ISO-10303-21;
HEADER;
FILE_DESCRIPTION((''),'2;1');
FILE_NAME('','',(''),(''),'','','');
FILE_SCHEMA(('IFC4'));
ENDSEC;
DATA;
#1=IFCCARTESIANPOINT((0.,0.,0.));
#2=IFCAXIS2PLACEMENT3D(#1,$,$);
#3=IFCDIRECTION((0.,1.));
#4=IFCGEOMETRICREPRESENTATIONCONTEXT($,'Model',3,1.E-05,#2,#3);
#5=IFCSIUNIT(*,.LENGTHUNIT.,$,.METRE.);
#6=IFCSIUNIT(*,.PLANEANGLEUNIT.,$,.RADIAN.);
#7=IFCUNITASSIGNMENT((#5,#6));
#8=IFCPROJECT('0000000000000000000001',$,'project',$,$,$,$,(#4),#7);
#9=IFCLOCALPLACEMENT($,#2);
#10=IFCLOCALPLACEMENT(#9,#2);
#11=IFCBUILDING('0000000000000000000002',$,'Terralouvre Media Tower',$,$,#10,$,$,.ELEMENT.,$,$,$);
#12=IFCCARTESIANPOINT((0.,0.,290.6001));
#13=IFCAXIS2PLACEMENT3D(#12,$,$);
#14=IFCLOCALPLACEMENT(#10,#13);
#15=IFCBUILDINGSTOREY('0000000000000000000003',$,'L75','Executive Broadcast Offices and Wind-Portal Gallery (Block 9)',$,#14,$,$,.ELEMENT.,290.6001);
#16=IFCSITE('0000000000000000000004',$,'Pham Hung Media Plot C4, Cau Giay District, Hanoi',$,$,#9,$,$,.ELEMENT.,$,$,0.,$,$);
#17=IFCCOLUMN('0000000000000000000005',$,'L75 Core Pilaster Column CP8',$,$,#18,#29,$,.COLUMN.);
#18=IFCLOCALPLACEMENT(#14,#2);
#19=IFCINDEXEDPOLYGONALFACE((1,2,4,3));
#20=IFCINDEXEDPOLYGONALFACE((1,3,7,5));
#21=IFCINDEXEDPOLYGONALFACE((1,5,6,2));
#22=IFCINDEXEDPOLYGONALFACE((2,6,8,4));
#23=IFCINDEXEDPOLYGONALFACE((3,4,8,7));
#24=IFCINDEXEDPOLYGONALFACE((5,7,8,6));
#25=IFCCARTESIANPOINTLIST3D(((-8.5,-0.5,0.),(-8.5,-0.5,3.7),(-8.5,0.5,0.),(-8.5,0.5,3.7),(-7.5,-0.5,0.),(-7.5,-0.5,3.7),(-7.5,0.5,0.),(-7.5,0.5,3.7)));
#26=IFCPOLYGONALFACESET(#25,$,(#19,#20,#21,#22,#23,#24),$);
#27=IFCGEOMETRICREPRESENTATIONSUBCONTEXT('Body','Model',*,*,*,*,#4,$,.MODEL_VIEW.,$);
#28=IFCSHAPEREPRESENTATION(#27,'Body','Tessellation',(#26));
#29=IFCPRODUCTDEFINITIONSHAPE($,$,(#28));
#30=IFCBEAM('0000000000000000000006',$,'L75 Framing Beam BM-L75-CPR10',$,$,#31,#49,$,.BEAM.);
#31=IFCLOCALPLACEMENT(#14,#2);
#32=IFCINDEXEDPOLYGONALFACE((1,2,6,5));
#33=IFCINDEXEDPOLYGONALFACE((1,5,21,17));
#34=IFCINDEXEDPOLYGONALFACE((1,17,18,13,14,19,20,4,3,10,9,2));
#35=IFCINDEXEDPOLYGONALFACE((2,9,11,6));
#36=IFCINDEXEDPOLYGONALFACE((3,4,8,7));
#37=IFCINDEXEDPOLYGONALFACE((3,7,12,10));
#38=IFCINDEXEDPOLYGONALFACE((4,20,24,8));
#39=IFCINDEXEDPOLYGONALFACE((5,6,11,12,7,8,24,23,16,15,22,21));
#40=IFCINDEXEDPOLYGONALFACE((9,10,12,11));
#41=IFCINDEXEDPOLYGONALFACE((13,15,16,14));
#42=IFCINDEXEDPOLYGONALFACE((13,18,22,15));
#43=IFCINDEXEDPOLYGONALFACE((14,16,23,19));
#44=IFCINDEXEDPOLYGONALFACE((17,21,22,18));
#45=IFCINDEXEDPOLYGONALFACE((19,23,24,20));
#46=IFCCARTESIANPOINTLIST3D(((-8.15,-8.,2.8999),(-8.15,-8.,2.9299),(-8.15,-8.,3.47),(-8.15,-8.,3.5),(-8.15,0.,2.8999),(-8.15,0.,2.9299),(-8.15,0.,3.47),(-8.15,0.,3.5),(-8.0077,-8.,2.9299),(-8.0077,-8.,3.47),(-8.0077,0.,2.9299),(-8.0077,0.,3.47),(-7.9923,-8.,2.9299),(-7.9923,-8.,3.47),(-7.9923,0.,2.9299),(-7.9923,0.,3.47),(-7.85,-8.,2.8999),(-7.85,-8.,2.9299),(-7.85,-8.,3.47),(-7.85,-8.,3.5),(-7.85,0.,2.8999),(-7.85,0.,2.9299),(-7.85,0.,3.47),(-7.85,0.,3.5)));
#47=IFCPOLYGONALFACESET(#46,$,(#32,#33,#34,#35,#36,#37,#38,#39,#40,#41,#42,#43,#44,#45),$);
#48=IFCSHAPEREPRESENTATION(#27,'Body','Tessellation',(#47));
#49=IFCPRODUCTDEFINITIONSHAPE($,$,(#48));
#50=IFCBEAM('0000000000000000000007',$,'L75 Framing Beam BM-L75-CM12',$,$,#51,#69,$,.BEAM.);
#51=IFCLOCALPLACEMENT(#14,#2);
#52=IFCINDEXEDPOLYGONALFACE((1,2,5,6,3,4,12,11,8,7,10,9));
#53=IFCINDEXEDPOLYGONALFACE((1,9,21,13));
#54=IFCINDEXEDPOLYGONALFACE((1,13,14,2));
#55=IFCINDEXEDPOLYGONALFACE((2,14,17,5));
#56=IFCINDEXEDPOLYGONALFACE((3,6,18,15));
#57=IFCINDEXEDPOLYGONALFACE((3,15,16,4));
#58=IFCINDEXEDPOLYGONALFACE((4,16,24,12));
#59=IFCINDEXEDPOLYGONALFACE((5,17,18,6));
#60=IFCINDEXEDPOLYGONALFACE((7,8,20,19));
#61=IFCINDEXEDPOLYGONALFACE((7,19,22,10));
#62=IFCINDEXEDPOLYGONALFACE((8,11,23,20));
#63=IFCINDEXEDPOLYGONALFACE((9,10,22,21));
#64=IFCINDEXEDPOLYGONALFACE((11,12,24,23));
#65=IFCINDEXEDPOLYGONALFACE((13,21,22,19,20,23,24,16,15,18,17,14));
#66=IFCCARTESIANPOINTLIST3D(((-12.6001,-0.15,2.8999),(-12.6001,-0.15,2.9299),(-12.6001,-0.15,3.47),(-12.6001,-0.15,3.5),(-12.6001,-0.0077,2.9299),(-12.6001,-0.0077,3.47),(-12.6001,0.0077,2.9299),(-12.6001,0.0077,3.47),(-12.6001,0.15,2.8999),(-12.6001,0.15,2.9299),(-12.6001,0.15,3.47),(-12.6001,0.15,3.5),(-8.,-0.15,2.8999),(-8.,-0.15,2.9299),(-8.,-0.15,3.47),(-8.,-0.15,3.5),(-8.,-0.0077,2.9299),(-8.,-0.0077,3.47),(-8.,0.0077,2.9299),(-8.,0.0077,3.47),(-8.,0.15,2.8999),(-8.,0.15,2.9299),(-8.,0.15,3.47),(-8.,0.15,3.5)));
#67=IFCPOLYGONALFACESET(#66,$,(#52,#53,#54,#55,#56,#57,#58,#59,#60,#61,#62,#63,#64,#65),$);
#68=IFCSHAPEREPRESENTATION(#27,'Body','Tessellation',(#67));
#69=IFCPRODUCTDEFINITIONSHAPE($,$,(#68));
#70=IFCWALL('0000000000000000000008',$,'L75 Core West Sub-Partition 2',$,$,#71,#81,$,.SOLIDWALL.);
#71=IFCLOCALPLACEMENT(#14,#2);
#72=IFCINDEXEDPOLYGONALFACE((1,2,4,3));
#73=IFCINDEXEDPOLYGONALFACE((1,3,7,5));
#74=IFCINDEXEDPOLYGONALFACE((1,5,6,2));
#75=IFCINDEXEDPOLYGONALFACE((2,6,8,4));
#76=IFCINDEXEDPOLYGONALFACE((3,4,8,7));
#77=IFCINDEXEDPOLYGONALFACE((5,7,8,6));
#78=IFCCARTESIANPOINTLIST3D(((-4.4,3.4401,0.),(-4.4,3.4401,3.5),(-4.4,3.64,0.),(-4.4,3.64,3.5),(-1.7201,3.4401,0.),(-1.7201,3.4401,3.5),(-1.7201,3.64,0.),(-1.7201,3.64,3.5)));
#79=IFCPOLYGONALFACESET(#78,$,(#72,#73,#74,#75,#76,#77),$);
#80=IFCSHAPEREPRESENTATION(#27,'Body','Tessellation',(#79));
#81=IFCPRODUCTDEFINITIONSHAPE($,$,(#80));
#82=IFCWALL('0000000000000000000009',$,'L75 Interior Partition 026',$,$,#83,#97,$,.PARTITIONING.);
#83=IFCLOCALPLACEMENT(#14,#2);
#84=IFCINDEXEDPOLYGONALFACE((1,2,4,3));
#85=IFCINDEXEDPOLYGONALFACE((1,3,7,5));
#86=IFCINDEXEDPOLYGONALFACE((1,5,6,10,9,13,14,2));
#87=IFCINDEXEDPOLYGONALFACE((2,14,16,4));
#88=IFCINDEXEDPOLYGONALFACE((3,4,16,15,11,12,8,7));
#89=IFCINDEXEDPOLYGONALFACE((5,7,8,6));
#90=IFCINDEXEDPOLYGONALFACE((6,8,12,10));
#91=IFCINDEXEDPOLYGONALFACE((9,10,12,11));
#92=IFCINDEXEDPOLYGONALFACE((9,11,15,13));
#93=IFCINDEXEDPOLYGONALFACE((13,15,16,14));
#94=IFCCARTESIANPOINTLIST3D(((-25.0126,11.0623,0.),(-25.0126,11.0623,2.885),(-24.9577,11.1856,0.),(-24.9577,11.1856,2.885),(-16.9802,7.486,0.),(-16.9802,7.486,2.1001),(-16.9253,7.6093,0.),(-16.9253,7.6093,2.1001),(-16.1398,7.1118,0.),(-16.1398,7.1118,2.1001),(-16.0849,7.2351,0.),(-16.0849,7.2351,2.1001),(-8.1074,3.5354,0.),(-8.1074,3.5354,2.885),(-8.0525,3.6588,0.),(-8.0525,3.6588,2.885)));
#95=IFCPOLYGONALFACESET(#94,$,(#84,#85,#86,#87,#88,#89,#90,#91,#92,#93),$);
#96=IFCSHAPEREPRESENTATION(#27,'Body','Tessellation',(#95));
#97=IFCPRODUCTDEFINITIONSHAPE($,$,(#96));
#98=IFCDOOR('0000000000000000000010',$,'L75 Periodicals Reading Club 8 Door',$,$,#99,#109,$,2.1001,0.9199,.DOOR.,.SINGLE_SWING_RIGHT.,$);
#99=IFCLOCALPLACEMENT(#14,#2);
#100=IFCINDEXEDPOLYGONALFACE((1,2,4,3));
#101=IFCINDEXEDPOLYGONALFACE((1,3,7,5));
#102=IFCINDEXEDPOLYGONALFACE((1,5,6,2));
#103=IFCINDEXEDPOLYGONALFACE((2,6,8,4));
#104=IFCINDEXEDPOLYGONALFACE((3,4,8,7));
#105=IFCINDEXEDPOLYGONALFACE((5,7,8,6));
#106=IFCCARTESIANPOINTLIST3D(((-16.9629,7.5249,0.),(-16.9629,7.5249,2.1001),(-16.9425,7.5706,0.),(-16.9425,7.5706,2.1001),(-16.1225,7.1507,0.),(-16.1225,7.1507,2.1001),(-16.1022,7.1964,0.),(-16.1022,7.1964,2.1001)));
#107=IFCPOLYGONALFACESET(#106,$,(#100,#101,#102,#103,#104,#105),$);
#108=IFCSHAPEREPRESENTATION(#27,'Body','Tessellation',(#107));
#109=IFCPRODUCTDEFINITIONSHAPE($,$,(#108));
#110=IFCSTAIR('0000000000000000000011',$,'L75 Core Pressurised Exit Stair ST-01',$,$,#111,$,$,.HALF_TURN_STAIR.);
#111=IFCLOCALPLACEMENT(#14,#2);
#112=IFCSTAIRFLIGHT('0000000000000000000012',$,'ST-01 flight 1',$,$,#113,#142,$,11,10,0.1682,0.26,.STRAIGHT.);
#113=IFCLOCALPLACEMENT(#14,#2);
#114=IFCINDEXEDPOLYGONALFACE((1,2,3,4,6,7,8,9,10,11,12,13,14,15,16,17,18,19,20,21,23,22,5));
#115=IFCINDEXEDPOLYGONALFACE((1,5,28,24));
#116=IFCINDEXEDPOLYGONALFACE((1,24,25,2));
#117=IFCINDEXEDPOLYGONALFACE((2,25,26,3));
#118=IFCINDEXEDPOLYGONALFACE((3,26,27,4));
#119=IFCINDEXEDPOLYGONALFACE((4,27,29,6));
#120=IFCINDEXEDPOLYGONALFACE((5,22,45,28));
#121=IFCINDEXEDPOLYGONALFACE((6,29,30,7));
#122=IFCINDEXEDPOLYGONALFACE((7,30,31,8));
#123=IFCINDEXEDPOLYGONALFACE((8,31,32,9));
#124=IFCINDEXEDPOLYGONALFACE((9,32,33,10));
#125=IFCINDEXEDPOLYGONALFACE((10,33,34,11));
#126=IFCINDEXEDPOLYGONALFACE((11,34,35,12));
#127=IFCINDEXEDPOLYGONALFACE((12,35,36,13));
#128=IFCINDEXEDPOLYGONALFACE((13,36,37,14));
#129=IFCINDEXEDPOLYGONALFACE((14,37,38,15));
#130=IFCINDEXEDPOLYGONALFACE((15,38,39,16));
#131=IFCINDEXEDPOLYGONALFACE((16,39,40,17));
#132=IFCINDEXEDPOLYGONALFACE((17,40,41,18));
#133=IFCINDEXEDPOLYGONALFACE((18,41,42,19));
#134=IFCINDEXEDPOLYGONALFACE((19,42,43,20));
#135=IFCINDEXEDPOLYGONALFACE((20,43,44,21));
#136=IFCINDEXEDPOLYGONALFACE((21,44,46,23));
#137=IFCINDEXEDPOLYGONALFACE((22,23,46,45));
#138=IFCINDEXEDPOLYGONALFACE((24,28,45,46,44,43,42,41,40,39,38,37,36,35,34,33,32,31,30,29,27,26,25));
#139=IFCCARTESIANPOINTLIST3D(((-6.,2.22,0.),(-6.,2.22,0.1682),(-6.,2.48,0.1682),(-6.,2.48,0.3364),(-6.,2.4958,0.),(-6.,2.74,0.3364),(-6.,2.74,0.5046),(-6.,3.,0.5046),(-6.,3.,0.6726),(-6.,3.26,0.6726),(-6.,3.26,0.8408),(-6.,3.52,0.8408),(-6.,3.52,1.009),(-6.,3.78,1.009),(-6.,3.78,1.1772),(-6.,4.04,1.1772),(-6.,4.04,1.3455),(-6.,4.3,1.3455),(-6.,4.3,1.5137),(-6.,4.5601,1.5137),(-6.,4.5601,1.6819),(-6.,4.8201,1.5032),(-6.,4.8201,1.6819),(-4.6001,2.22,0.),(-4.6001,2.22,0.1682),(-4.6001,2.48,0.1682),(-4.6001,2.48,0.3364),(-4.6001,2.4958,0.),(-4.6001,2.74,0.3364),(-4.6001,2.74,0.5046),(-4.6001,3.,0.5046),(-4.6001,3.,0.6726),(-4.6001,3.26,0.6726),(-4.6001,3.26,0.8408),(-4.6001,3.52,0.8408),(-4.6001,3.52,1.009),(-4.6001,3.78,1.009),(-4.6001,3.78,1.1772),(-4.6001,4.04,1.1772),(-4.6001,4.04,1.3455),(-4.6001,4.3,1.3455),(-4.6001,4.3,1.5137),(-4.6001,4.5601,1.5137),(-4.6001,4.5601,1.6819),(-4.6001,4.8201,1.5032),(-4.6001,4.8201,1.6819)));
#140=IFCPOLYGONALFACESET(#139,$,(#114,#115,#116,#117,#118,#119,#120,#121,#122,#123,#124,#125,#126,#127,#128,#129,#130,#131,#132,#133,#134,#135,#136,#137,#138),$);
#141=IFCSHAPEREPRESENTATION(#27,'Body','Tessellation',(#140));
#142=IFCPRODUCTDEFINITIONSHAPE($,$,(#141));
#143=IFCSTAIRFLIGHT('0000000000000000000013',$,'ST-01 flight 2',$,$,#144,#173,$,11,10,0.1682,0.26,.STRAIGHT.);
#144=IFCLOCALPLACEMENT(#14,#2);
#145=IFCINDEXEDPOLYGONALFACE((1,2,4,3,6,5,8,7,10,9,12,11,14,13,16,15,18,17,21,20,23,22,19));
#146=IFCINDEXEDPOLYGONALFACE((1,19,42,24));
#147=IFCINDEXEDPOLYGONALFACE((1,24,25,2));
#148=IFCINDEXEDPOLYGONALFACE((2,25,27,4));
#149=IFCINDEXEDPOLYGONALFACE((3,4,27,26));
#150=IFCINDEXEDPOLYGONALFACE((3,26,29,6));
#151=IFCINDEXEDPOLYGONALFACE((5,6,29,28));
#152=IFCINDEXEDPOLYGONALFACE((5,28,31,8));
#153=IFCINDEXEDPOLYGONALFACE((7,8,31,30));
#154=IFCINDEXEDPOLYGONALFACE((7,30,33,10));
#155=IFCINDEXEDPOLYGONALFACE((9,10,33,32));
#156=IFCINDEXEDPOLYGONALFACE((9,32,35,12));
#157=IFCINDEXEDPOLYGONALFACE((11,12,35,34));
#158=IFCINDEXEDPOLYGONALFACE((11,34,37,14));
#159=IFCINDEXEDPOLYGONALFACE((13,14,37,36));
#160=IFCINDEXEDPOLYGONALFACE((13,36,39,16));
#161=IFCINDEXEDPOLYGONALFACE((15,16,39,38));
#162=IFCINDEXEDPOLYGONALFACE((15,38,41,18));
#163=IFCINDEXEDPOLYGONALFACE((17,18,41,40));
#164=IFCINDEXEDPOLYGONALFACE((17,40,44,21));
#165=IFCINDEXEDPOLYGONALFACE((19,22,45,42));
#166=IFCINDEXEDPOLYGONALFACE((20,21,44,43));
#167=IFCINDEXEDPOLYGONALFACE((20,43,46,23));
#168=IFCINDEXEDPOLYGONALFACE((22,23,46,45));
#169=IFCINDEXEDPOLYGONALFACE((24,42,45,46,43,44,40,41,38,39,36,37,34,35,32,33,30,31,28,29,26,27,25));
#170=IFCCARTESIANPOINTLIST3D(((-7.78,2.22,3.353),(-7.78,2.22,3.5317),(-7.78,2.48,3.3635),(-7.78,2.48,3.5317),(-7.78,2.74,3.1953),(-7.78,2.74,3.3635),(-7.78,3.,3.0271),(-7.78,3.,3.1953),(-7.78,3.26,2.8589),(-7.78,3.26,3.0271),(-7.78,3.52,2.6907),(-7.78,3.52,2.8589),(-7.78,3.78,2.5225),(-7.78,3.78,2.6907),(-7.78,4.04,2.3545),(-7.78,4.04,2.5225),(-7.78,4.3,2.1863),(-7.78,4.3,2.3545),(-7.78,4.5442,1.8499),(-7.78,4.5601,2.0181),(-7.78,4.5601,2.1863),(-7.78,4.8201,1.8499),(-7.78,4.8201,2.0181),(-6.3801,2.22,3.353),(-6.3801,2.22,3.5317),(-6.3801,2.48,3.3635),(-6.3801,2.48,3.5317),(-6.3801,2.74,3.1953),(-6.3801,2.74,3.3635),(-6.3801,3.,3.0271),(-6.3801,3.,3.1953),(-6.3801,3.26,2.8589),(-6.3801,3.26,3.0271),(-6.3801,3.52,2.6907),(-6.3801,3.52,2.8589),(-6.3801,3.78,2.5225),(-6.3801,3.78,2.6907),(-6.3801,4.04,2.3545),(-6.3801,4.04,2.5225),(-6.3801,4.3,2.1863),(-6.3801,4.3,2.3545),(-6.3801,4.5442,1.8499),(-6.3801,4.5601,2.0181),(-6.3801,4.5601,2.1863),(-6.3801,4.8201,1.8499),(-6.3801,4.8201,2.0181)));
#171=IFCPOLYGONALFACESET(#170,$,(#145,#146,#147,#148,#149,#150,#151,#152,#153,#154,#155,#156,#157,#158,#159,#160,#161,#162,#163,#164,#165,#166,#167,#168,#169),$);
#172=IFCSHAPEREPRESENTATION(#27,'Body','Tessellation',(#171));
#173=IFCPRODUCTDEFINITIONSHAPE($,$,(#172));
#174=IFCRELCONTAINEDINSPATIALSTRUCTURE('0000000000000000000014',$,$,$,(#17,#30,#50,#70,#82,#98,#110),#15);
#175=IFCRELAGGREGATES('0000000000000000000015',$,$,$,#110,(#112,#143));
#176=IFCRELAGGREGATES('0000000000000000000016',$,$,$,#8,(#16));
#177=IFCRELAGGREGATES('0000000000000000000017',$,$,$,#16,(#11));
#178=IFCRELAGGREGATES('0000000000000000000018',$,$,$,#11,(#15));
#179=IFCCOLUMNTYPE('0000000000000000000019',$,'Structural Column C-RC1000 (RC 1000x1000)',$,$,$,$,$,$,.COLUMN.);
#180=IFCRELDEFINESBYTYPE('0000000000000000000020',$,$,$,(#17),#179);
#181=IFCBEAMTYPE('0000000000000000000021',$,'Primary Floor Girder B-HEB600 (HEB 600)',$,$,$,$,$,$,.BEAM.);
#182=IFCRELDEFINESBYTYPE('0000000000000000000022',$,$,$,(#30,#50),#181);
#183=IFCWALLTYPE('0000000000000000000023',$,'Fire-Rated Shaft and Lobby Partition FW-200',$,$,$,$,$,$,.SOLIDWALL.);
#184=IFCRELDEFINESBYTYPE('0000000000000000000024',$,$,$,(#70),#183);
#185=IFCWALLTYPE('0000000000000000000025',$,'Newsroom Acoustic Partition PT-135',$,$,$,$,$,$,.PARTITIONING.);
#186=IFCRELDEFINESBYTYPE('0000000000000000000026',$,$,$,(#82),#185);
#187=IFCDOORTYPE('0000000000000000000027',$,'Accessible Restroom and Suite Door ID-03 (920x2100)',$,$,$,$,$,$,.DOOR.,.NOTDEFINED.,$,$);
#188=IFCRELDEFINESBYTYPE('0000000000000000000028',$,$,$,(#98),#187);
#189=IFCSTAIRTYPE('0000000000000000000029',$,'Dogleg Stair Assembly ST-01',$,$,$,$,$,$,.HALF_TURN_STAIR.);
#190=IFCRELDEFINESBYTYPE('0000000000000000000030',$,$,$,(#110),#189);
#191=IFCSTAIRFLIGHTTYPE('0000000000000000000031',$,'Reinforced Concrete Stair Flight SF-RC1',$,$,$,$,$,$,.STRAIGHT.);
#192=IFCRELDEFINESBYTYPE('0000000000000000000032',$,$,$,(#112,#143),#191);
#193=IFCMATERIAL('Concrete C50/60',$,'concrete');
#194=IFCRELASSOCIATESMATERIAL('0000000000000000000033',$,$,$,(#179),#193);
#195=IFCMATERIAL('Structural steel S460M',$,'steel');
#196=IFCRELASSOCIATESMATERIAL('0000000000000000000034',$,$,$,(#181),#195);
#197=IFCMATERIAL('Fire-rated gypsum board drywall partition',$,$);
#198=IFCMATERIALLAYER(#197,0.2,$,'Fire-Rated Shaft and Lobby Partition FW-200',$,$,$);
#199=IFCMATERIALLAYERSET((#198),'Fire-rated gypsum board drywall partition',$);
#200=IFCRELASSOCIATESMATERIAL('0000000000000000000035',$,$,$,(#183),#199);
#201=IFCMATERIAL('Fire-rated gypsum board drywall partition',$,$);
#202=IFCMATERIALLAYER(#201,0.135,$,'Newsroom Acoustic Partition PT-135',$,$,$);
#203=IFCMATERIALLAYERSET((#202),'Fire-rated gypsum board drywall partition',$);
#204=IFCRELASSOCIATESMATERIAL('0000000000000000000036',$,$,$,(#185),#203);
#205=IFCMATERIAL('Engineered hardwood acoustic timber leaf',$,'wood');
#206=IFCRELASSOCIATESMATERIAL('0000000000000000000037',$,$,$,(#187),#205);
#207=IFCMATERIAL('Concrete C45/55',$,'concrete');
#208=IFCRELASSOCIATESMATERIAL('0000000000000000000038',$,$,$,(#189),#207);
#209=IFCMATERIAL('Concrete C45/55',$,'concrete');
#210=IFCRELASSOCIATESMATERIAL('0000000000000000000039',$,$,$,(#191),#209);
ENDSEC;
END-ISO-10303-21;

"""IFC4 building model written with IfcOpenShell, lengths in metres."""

from ifc_helpers import new_model, si_unit, direction, frame, frame_2d, origin, origin_2d, place, context, subcontext, project, spatial, polyline, rectangle, i_section, outline, extrude, material, layer, layer_set, material_profile, profile_set, type_object, element, fill, aggregate, save


model = new_model("IFC4")

# Units and contexts
model_context = context("Model", 3, precision=1e-05, world=origin(), true_north=direction((0.0, 1.0)))
body_context = subcontext(model_context, "Body", "Model", "MODEL_VIEW")
ifc_project = project(units=[si_unit("LENGTHUNIT", "METRE"), si_unit("PLANEANGLEUNIT", "RADIAN")], contexts=[model_context])

# Site, building, storey
site_placement = place(None, origin())
site = spatial("IfcSite", under=ifc_project, at=site_placement, Name="Pham Hung Media Plot C4, Cau Giay District, Hanoi", CompositionType="ELEMENT", RefElevation=0.0)
building_placement = place(site_placement, origin())
building = spatial("IfcBuilding", under=site, at=building_placement, Name="Terralouvre Media Tower", CompositionType="ELEMENT")
storey_placement = place(building_placement, frame((0.0, 0.0, 290.6001)))
storey = spatial("IfcBuildingStorey", under=building, at=storey_placement, Name="L75", Description="Executive Broadcast Offices and Wind-Portal Gallery (Block 9)", CompositionType="ELEMENT", Elevation=290.6001)

# Column
ifc_material_1 = material(Name="Concrete C50/60", Category="concrete")
ifc_material_profile_1 = material_profile(ifc_material_1, rectangle(XDim=1.0, YDim=1.0, at=origin_2d()), Name="RC 1000x1000")
ifc_profile_set_1 = profile_set([ifc_material_profile_1], Name="Concrete C50/60")
column_type = type_object("IfcColumnType", Name="Structural Column C-RC1000 (RC 1000x1000)", PredefinedType="COLUMN", material=ifc_profile_set_1)
column_placement = place(storey_placement, frame((-8.0, 0.0, 0.0), z_axis=(0.0, 0.0, 1.0), x_axis=(1.0, 0.0, 0.0)))
element("IfcColumn", 1, at=column_placement, inside=storey, type_object=column_type, Name="L75 Core Pilaster Column CP8", PredefinedType="COLUMN", context=body_context, shape_type="SweptSolid", body=[
    extrude(rectangle(XDim=1.0, YDim=1.0, at=origin_2d()), origin(), (0.0, 0.0, 1.0), 3.7),
])

# Beams
ifc_material_2 = material(Name="Structural steel S460M", Category="steel")
ifc_material_profile_2 = material_profile(ifc_material_2, i_section(OverallWidth=0.3, OverallDepth=0.6001, WebThickness=0.0154, FlangeThickness=0.03, at=origin_2d()), Name="HEB 600")
ifc_profile_set_2 = profile_set([ifc_material_profile_2], Name="Structural steel S460M")
beam_type = type_object("IfcBeamType", Name="Primary Floor Girder B-HEB600 (HEB 600)", PredefinedType="BEAM", material=ifc_profile_set_2)
beam_1_placement = place(storey_placement, frame((-8.0, 0.0, 3.2), z_axis=(0.0, -1.0, 0.0), x_axis=(1.0, 0.0, 0.0)))
element("IfcBeam", 2, at=beam_1_placement, inside=storey, type_object=beam_type, Name="L75 Framing Beam BM-L75-CPR10", PredefinedType="BEAM", context=body_context, shape_type="SweptSolid", body=[
    extrude(i_section(OverallWidth=0.3, OverallDepth=0.6001, WebThickness=0.0154, FlangeThickness=0.03, at=origin_2d()), origin(), (0.0, 0.0, 1.0), 8.0),
])
beam_2_placement = place(storey_placement, frame((-8.0, 0.0, 3.2), z_axis=(-1.0, 0.0, 0.0), x_axis=(0.0, -1.0, 0.0)))
element("IfcBeam", 3, at=beam_2_placement, inside=storey, type_object=beam_type, Name="L75 Framing Beam BM-L75-CM12", PredefinedType="BEAM", context=body_context, shape_type="SweptSolid", body=[
    extrude(i_section(OverallWidth=0.3, OverallDepth=0.6001, WebThickness=0.0154, FlangeThickness=0.03, at=origin_2d()), origin(), (0.0, 0.0, 1.0), 4.6001),
])

# Wall
ifc_material_3 = material(Name="Fire-rated gypsum board drywall partition")
ifc_layer_1 = layer(ifc_material_3, 0.2, Name="Fire-Rated Shaft and Lobby Partition FW-200")
ifc_layer_set_1 = layer_set([ifc_layer_1], Name="Fire-rated gypsum board drywall partition")
wall_type_1 = type_object("IfcWallType", Name="Fire-Rated Shaft and Lobby Partition FW-200", PredefinedType="SOLIDWALL", material=ifc_layer_set_1)
wall_1_placement = place(storey_placement, frame((-4.3999, 3.54, 0.0), z_axis=(0.0, 0.0, 1.0), x_axis=(1.0, 0.0, 0.0)))
element("IfcWall", 4, at=wall_1_placement, inside=storey, type_object=wall_type_1, Name="L75 Core West Sub-Partition 2", PredefinedType="SOLIDWALL", context=body_context, shape_type="SweptSolid", body=[
    extrude(rectangle(XDim=2.6799, YDim=0.2, at=frame_2d((1.3398, 0.0))), origin(), (0.0, 0.0, 1.0), 3.5),
])

# Wall, opening, door
ifc_material_4 = material(Name="Fire-rated gypsum board drywall partition")
ifc_layer_2 = layer(ifc_material_4, 0.135, Name="Newsroom Acoustic Partition PT-135")
ifc_layer_set_2 = layer_set([ifc_layer_2], Name="Fire-rated gypsum board drywall partition")
wall_type_2 = type_object("IfcWallType", Name="Newsroom Acoustic Partition PT-135", PredefinedType="PARTITIONING", material=ifc_layer_set_2)
wall_2_placement = place(storey_placement, frame((-8.0801, 3.5972, 0.0), z_axis=(0.0, 0.0, 1.0), x_axis=(-0.913543, 0.406743, 0.0)))
wall_2 = element("IfcWall", 5, at=wall_2_placement, inside=storey, type_object=wall_type_2, Name="L75 Interior Partition 026", PredefinedType="PARTITIONING", context=body_context, shape_type="SweptSolid", body=[
    extrude(rectangle(XDim=18.5051, YDim=0.135, at=frame_2d((9.2524, 0.0))), origin(), (0.0, 0.0, 1.0), 2.885),
])
opening_1_placement = place(wall_2_placement, frame((8.7925, 0.0, 0.0)))
opening_1 = element("IfcOpeningElement", 6, at=opening_1_placement, cuts=wall_2, PredefinedType="OPENING", context=body_context, shape_type="SweptSolid", body=[
    extrude(rectangle(XDim=0.9199, YDim=2.1001, at=frame_2d((0.46, 1.05))), frame((0.0, 0.0774, 0.0), z_axis=(0.0, -1.0, 0.0), x_axis=(1.0, 0.0, 0.0)), (0.0, 0.0, 1.0), 0.155),
])
ifc_material_5 = material(Name="Engineered hardwood acoustic timber leaf", Category="wood")
door_type_1 = type_object("IfcDoorType", Name="Accessible Restroom and Suite Door ID-03 (920x2100)", OperationType="NOTDEFINED", PredefinedType="DOOR", material=ifc_material_5)
door_1_placement = place(opening_1_placement, origin())
door_1 = element("IfcDoor", 7, at=door_1_placement, inside=storey, type_object=door_type_1, Name="L75 Periodicals Reading Club 8 Door", OperationType="SINGLE_SWING_RIGHT", OverallHeight=2.1001, OverallWidth=0.9199, PredefinedType="DOOR", context=body_context, shape_type="SweptSolid", body=[
    extrude(rectangle(XDim=0.9199, YDim=2.1001, at=frame_2d((0.46, 1.05))), frame((0.0, 0.0249, 0.0), z_axis=(0.0, -1.0, 0.0), x_axis=(1.0, 0.0, 0.0)), (0.0, 0.0, 1.0), 0.05),
])
fill(opening_1, door_1)

# Stair, stair flights
ifc_material_6 = material(Name="Concrete C45/55", Category="concrete")
stair_type = type_object("IfcStairType", Name="Dogleg Stair Assembly ST-01", PredefinedType="HALF_TURN_STAIR", material=ifc_material_6)
stair_placement = place(storey_placement, origin())
stair = element("IfcStair", 8, at=stair_placement, inside=storey, type_object=stair_type, Name="L75 Core Pressurised Exit Stair ST-01", PredefinedType="HALF_TURN_STAIR")
ifc_material_7 = material(Name="Concrete C45/55", Category="concrete")
stair_flight_type = type_object("IfcStairFlightType", Name="Reinforced Concrete Stair Flight SF-RC1", PredefinedType="STRAIGHT", material=ifc_material_7)
stair_flight_1_placement = place(storey_placement, frame((-5.3, 2.22, 0.0), z_axis=(0.0, 0.0, 1.0), x_axis=(0.0, 1.0, 0.0)))
stair_flight_1 = element("IfcStairFlight", 9, at=stair_flight_1_placement, type_object=stair_flight_type, Name="ST-01 flight 1", NumberOfRisers=11, NumberOfTreads=10, PredefinedType="STRAIGHT", RiserHeight=0.1682, TreadLength=0.26, context=body_context, shape_type="SweptSolid", body=[
    extrude(outline(polyline([(0.0, 0.0), (0.0, 0.1682), (0.26, 0.1682), (0.26, 0.3364), (0.52, 0.3364), (0.52, 0.5046), (0.78, 0.5046), (0.78, 0.6726), (1.04, 0.6726), (1.04, 0.8408), (1.3, 0.8408), (1.3, 1.009), (1.5601, 1.009), (1.5601, 1.1772), (1.8201, 1.1772), (1.8201, 1.3455), (2.0801, 1.3455), (2.0801, 1.5137), (2.3401, 1.5137), (2.3401, 1.6819), (2.6001, 1.6819), (2.6001, 1.8501), (2.6001, 1.5032), (0.2759, 0.0), (0.0, 0.0)])), frame((0.0, 0.7, 0.0), z_axis=(0.0, -1.0, 0.0), x_axis=(1.0, 0.0, 0.0)), (0.0, 0.0, 1.0), 1.3999),
])
stair_flight_2_placement = place(storey_placement, frame((-7.0801, 4.8201, 1.8499), z_axis=(0.0, 0.0, 1.0), x_axis=(0.0, -1.0, 0.0)))
stair_flight_2 = element("IfcStairFlight", 10, at=stair_flight_2_placement, type_object=stair_flight_type, Name="ST-01 flight 2", NumberOfRisers=11, NumberOfTreads=10, PredefinedType="STRAIGHT", RiserHeight=0.1682, TreadLength=0.26, context=body_context, shape_type="SweptSolid", body=[
    extrude(outline(polyline([(0.0, 0.0), (0.0, 0.1682), (0.26, 0.1682), (0.26, 0.3364), (0.52, 0.3364), (0.52, 0.5046), (0.78, 0.5046), (0.78, 0.6726), (1.04, 0.6726), (1.04, 0.8408), (1.3, 0.8408), (1.3, 1.009), (1.5601, 1.009), (1.5601, 1.1772), (1.8201, 1.1772), (1.8201, 1.3455), (2.0801, 1.3455), (2.0801, 1.5137), (2.3401, 1.5137), (2.3401, 1.6819), (2.6001, 1.6819), (2.6001, 1.8501), (2.6001, 1.5032), (0.2759, 0.0), (0.0, 0.0)])), frame((0.0, 0.7, 0.0), z_axis=(0.0, -1.0, 0.0), x_axis=(1.0, 0.0, 0.0)), (0.0, 0.0, 1.0), 1.3999),
])
aggregate(stair, [stair_flight_1, stair_flight_2])

save(model, "model.ifc")
